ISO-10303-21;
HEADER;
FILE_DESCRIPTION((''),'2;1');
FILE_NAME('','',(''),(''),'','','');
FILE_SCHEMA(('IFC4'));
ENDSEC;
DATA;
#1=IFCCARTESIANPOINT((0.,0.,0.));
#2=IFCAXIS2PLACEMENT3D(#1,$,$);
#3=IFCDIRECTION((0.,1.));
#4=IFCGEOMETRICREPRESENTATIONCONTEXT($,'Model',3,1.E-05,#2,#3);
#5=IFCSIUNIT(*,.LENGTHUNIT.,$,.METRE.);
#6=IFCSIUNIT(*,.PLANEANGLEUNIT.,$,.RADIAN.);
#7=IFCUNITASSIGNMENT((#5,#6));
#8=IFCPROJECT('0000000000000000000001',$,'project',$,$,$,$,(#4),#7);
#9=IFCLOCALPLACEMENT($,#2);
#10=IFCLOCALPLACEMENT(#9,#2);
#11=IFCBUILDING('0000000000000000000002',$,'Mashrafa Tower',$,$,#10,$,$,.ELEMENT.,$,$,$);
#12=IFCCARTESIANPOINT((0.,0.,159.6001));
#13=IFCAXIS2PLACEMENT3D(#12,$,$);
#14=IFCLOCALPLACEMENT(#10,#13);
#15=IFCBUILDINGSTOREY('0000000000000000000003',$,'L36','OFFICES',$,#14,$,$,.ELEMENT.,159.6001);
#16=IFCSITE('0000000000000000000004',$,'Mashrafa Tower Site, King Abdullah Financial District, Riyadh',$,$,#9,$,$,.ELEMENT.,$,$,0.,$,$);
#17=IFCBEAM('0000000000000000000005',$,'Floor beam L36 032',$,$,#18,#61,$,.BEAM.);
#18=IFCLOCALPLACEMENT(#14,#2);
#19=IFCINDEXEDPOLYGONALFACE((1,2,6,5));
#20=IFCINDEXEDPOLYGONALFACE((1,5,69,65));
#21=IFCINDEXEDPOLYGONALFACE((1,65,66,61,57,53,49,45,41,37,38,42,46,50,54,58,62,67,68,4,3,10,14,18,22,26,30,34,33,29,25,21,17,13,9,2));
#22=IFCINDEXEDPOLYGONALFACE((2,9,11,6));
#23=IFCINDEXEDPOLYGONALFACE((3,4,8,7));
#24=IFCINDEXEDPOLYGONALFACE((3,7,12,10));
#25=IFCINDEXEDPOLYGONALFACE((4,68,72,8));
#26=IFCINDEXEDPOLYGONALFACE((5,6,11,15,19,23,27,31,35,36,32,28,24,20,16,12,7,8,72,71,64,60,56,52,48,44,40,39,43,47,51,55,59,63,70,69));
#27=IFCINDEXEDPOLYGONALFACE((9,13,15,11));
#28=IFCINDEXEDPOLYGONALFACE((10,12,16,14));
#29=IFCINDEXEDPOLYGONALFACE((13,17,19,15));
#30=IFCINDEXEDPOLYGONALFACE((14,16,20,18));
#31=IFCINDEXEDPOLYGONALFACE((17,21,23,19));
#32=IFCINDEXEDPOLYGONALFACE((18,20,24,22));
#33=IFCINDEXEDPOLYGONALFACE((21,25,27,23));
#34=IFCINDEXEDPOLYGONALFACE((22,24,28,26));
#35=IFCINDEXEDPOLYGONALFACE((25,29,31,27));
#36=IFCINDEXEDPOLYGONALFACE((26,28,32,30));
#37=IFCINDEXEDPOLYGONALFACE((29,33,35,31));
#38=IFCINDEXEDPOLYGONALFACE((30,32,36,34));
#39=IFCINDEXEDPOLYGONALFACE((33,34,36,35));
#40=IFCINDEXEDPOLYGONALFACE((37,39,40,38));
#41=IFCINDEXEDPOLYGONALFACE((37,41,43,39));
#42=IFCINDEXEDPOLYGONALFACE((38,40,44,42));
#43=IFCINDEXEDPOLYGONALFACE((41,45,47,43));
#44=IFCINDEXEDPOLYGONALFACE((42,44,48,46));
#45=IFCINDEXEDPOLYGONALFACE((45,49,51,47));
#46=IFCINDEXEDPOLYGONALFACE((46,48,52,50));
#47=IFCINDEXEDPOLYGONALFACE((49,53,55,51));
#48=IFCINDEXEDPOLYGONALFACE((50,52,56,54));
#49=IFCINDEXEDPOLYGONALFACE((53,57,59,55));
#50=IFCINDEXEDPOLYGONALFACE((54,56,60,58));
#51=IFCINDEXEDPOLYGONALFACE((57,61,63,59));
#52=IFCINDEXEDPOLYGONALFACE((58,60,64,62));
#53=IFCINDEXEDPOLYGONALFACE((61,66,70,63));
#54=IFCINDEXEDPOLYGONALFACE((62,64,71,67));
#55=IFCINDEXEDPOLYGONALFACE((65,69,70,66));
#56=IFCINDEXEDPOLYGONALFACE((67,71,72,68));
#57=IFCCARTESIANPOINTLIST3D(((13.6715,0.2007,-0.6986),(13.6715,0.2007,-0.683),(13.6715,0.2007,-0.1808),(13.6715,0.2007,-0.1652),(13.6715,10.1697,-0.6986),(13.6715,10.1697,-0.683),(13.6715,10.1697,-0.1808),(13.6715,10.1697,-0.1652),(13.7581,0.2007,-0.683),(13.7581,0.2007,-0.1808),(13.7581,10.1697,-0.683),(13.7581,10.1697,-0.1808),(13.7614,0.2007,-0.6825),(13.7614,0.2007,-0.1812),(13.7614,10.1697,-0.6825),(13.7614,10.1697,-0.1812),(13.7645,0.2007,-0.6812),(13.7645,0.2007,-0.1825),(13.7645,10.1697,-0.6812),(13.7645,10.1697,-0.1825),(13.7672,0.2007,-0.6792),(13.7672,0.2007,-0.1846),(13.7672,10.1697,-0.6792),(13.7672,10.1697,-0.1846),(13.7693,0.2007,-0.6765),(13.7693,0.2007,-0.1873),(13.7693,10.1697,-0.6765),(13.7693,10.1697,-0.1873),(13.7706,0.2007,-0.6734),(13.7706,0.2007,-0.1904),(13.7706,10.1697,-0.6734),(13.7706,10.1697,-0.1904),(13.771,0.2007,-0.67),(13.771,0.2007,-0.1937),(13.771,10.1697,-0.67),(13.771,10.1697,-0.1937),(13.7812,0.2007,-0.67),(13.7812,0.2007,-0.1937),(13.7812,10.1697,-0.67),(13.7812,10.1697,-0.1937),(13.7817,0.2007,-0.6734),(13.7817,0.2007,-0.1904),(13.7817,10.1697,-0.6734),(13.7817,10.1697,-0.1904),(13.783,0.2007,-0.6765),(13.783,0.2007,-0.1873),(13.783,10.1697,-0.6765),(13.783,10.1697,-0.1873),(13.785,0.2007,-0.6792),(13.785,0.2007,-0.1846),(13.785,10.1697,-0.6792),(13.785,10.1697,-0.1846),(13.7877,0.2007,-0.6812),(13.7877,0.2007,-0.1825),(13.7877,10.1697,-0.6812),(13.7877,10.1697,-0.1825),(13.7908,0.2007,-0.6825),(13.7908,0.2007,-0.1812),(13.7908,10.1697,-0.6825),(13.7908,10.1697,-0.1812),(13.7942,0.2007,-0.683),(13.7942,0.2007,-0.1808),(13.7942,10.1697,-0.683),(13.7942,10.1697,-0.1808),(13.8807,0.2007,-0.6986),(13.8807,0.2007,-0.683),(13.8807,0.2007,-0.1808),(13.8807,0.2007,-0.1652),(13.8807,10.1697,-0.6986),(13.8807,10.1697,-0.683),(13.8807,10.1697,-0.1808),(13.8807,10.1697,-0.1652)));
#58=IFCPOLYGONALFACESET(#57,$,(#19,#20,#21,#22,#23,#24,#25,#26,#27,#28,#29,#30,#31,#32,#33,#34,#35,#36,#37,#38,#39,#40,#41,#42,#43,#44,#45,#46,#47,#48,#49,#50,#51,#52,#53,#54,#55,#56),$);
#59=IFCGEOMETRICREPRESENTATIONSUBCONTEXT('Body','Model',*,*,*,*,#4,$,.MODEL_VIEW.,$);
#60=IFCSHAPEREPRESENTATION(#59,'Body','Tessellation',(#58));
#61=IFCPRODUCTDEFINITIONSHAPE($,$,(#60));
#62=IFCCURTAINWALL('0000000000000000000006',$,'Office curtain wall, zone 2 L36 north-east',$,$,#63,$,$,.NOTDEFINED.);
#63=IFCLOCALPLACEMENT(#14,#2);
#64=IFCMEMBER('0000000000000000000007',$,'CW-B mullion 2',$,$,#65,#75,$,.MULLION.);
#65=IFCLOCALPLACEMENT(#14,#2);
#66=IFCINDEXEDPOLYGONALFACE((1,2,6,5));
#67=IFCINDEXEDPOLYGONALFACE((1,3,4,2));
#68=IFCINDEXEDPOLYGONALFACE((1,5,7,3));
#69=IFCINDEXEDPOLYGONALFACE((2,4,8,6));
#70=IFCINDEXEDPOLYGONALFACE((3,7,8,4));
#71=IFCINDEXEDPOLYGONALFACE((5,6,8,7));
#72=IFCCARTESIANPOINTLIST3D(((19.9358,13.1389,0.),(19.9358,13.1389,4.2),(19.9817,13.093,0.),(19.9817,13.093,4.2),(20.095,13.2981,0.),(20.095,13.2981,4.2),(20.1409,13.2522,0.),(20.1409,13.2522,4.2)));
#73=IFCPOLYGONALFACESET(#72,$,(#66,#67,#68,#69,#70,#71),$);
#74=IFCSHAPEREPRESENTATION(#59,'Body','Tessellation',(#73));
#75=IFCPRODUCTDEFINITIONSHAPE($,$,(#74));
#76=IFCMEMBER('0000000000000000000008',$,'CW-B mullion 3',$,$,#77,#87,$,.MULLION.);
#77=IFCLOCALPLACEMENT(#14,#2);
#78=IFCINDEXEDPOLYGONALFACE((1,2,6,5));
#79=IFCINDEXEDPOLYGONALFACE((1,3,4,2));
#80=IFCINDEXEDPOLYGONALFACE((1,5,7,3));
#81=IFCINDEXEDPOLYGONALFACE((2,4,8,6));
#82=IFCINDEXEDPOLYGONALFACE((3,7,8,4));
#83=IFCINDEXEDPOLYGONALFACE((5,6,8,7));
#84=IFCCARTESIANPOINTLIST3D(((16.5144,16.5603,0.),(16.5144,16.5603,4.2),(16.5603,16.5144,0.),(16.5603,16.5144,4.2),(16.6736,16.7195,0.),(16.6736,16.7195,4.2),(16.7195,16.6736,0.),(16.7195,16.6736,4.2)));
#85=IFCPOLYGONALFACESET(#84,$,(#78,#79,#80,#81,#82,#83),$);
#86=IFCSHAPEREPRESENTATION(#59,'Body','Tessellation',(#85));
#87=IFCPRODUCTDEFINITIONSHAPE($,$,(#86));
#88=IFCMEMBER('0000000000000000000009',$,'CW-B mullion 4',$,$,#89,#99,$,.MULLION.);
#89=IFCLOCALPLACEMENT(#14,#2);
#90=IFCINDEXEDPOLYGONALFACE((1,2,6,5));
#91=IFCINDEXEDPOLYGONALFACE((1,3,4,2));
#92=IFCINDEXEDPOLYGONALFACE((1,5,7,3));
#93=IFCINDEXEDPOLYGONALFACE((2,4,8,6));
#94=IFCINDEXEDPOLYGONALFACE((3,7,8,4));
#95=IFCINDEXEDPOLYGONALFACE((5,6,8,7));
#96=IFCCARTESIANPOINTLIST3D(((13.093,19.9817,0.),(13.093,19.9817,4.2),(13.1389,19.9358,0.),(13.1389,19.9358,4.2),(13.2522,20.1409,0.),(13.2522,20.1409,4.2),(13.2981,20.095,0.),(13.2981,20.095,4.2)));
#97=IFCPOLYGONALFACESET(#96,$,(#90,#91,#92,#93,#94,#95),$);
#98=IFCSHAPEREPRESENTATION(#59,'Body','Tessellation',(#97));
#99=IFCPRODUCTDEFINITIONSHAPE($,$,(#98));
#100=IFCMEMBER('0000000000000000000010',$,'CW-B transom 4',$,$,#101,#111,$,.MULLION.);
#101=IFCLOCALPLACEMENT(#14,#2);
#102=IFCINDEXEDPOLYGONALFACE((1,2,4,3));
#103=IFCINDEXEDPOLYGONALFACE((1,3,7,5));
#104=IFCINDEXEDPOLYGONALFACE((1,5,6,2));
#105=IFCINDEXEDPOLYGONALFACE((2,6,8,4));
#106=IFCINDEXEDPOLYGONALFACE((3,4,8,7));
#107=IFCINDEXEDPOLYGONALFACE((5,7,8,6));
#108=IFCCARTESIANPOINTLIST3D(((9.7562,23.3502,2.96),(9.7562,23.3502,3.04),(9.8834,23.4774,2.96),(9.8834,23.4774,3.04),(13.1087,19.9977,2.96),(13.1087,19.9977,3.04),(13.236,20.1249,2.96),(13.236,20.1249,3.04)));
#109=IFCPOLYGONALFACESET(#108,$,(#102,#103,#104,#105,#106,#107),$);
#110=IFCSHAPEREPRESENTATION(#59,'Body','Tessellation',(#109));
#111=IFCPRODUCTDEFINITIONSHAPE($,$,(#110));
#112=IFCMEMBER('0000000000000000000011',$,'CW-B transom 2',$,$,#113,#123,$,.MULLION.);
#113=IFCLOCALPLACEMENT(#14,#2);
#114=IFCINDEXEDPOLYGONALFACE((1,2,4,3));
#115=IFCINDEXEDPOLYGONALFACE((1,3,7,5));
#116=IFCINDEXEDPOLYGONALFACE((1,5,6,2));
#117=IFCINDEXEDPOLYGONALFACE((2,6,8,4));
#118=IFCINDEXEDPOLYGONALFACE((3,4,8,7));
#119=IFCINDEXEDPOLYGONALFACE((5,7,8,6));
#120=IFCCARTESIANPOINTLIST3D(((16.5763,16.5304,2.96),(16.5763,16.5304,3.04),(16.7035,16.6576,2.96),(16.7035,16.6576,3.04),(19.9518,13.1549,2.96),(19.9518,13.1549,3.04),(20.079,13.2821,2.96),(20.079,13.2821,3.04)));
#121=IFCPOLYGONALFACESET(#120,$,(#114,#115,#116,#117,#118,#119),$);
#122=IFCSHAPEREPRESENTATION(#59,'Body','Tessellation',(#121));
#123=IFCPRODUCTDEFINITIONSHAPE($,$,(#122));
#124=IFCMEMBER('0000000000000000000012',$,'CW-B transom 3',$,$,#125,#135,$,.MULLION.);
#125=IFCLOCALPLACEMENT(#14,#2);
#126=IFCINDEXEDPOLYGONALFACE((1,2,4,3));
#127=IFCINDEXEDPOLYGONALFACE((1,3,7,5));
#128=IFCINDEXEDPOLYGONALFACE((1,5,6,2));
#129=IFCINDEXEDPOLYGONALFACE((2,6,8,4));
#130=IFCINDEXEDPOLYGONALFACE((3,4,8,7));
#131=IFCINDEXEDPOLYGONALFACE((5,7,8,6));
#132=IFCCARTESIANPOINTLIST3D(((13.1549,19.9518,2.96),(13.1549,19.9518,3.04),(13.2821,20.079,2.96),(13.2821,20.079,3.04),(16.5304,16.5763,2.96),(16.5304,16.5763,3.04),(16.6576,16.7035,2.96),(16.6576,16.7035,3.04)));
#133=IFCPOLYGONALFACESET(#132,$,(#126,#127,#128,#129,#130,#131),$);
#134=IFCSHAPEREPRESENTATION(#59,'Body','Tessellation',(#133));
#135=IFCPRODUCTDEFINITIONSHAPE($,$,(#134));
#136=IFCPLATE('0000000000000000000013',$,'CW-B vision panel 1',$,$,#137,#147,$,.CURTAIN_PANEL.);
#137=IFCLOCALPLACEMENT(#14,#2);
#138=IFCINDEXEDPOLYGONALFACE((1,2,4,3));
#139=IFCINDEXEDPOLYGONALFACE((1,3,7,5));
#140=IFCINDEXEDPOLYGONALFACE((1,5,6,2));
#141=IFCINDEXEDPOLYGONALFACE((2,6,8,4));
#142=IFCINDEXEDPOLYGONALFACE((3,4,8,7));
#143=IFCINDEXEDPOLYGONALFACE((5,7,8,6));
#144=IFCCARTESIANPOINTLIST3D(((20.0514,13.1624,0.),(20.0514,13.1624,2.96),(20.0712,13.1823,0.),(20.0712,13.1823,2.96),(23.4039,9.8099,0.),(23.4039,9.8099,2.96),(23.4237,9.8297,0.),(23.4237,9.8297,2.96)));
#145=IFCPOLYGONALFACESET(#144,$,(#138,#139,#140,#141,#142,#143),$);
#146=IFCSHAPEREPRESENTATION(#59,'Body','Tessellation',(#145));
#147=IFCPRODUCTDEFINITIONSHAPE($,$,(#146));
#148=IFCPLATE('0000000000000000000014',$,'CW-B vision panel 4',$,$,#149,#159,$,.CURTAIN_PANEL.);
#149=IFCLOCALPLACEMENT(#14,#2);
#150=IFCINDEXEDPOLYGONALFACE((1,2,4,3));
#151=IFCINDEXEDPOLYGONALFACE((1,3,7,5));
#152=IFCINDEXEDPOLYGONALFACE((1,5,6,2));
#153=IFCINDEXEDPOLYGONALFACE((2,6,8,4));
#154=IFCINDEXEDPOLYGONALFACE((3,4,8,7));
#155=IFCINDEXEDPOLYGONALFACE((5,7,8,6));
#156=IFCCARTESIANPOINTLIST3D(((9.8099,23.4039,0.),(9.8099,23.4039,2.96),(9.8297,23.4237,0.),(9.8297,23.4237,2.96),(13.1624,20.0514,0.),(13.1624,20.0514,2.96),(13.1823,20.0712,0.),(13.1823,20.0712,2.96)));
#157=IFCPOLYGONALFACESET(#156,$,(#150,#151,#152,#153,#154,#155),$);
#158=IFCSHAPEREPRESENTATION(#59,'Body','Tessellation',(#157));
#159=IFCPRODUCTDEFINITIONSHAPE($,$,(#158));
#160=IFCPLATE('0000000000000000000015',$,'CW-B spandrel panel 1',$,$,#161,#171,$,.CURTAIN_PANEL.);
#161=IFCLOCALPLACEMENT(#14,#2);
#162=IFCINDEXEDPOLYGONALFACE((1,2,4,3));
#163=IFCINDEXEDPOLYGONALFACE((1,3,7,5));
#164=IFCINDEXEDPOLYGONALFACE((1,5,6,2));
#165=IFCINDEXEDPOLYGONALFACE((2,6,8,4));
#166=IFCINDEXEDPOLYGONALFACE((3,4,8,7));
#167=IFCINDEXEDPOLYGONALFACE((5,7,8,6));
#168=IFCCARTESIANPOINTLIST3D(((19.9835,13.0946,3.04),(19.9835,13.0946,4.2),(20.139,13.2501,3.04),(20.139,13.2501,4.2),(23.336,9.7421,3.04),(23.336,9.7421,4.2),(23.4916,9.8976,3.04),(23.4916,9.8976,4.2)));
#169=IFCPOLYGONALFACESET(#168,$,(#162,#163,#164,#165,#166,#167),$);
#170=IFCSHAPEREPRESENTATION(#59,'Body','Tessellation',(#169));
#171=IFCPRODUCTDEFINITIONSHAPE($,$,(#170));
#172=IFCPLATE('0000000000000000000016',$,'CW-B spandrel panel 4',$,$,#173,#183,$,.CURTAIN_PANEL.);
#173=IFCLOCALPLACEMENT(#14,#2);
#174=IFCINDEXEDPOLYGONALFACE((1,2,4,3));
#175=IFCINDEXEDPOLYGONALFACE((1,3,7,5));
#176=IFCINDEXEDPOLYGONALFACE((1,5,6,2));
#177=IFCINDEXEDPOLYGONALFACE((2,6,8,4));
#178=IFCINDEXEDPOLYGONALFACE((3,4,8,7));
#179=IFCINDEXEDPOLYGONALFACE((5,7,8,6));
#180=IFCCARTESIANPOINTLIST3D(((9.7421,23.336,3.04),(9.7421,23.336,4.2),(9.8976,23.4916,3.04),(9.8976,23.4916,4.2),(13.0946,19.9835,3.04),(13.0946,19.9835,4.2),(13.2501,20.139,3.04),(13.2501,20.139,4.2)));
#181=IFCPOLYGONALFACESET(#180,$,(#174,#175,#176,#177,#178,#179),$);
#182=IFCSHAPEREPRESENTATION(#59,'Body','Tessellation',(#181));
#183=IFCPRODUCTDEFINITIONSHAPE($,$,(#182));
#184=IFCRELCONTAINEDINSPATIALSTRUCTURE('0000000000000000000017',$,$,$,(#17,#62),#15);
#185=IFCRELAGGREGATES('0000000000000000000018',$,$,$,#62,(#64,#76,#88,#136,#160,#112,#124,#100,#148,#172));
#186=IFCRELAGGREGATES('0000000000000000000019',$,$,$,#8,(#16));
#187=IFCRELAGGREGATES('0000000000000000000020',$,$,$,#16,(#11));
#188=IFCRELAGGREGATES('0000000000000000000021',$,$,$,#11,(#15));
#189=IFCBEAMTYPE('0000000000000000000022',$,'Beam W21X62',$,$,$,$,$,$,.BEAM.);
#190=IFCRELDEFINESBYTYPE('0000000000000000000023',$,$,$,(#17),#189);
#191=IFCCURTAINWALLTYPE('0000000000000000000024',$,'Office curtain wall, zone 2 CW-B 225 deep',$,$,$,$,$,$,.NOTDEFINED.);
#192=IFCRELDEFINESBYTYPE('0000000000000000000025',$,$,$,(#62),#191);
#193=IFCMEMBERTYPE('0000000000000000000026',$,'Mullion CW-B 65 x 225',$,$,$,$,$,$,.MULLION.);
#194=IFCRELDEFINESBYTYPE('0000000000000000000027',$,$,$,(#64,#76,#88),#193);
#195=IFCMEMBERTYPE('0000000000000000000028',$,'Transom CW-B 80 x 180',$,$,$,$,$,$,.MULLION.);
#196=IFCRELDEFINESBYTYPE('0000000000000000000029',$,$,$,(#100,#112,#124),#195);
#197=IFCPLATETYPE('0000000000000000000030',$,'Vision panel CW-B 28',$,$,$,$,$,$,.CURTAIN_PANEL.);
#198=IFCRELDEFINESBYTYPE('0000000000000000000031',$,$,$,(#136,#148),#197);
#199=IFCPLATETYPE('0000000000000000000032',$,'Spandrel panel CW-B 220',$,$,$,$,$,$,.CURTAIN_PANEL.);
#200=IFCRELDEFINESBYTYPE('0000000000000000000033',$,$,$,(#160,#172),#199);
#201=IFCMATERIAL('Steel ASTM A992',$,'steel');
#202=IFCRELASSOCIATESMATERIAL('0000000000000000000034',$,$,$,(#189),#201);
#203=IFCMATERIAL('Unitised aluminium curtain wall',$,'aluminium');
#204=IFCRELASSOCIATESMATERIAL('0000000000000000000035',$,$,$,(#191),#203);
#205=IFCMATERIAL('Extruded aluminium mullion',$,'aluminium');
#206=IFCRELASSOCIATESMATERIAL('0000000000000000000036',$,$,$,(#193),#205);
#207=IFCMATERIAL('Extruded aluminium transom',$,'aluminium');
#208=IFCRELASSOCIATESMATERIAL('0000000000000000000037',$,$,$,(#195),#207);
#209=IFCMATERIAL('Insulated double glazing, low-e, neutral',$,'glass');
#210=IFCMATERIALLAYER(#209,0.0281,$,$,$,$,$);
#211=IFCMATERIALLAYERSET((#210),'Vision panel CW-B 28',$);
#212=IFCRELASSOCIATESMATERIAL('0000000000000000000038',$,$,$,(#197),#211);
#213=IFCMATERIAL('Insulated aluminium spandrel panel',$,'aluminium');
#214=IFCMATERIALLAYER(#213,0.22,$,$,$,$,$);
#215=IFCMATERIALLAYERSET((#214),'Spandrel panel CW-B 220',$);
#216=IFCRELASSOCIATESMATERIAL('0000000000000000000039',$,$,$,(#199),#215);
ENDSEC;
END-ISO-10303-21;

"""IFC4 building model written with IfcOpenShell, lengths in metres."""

from ifc_helpers import new_model, si_unit, direction, frame, origin, origin_2d, place, context, subcontext, project, spatial, rectangle, i_section, extrude, source, transform, mapped, material, layer, layer_set, material_profile, profile_set, type_object, type_shapes, element, aggregate, save


model = new_model("IFC4")

# Units and contexts
model_context = context("Model", 3, precision=1e-05, world=origin(), true_north=direction((0.0, 1.0)))
body_context = subcontext(model_context, "Body", "Model", "MODEL_VIEW")
ifc_project = project(units=[si_unit("LENGTHUNIT", "METRE"), si_unit("PLANEANGLEUNIT", "RADIAN")], contexts=[model_context])

# Site, building, storey
site_placement = place(None, origin())
site = spatial("IfcSite", under=ifc_project, at=site_placement, Name="Mashrafa Tower Site, King Abdullah Financial District, Riyadh", CompositionType="ELEMENT", RefElevation=0.0)
building_placement = place(site_placement, origin())
building = spatial("IfcBuilding", under=site, at=building_placement, Name="Mashrafa Tower", CompositionType="ELEMENT")
storey_placement = place(building_placement, frame((0.0, 0.0, 159.6001)))
storey = spatial("IfcBuildingStorey", under=building, at=storey_placement, Name="L36", Description="OFFICES", CompositionType="ELEMENT", Elevation=159.6001)

# Beam
ifc_material_1 = material(Name="Steel ASTM A992", Category="steel")
ifc_material_profile_1 = material_profile(ifc_material_1, i_section(OverallWidth=0.2092, OverallDepth=0.5334, WebThickness=0.0103, FlangeThickness=0.0156, FilletRadius=0.0129, at=origin_2d()), Name="W21X62")
ifc_profile_set_1 = profile_set([ifc_material_profile_1], Name="Steel ASTM A992")
beam_type_1 = type_object("IfcBeamType", Name="Beam W21X62", PredefinedType="BEAM", material=ifc_profile_set_1)
beam_1_placement = place(storey_placement, frame((13.7761, 10.1697, -0.4319), z_axis=(0.0, -1.0, 0.0), x_axis=(1.0, 0.0, 0.0)))
element("IfcBeam", 1, at=beam_1_placement, inside=storey, type_object=beam_type_1, Name="Floor beam L36 032", PredefinedType="BEAM", context=body_context, shape_type="SweptSolid", body=[
    extrude(i_section(OverallWidth=0.2092, OverallDepth=0.5334, WebThickness=0.0103, FlangeThickness=0.0156, FilletRadius=0.0129, at=origin_2d()), origin(), (0.0, 0.0, 1.0), 9.969),
])

# Curtain wall, members, plates
ifc_material_2 = material(Name="Unitised aluminium curtain wall", Category="aluminium")
curtain_wall_type = type_object("IfcCurtainWallType", Name="Office curtain wall, zone 2 CW-B 225 deep", PredefinedType="NOTDEFINED", material=ifc_material_2)
curtain_wall_placement = place(storey_placement, origin())
curtain_wall = element("IfcCurtainWall", 2, at=curtain_wall_placement, inside=storey, type_object=curtain_wall_type, Name="Office curtain wall, zone 2 L36 north-east", PredefinedType="NOTDEFINED")
ifc_material_3 = material(Name="Extruded aluminium mullion", Category="aluminium")
ifc_material_profile_2 = material_profile(ifc_material_3, rectangle(XDim=0.2251, YDim=0.0649, at=origin_2d()), Name="Mullion 65x225")
ifc_profile_set_2 = profile_set([ifc_material_profile_2], Name="Extruded aluminium mullion")
member_type_1 = type_object("IfcMemberType", Name="Mullion CW-B 65 x 225", PredefinedType="MULLION", material=ifc_profile_set_2)
shared_shape_1 = source(origin(), body_context, "Body", "SweptSolid", [
    extrude(rectangle(XDim=0.2251, YDim=0.0649, at=origin_2d()), origin(), (0.0, 0.0, 1.0), 4.2),
])
type_shapes(member_type_1, [shared_shape_1])
member_1_placement = place(storey_placement, frame((20.0383, 13.1956, 0.0), z_axis=(0.0, 0.0, 1.0), x_axis=(-0.707107, -0.707107, 0.0)))
member_1 = element("IfcMember", 3, at=member_1_placement, type_object=member_type_1, Name="CW-B mullion 2", PredefinedType="MULLION", context=body_context, shape_type="MappedRepresentation", body=[
    mapped(shared_shape_1, transform((0.0, 0.0, 0.0))),
])
member_2_placement = place(storey_placement, frame((16.6169, 16.6169, 0.0), z_axis=(0.0, 0.0, 1.0), x_axis=(-0.707107, -0.707107, 0.0)))
member_2 = element("IfcMember", 4, at=member_2_placement, type_object=member_type_1, Name="CW-B mullion 3", PredefinedType="MULLION", context=body_context, shape_type="MappedRepresentation", body=[
    mapped(shared_shape_1, transform((0.0, 0.0, 0.0))),
])
member_3_placement = place(storey_placement, frame((13.1956, 20.0383, 0.0), z_axis=(0.0, 0.0, 1.0), x_axis=(-0.707107, -0.707107, 0.0)))
member_3 = element("IfcMember", 5, at=member_3_placement, type_object=member_type_1, Name="CW-B mullion 4", PredefinedType="MULLION", context=body_context, shape_type="MappedRepresentation", body=[
    mapped(shared_shape_1, transform((0.0, 0.0, 0.0))),
])
ifc_material_4 = material(Name="Extruded aluminium transom", Category="aluminium")
ifc_material_profile_3 = material_profile(ifc_material_4, rectangle(XDim=0.1799, YDim=0.0801, at=origin_2d()), Name="Transom 80x180")
ifc_profile_set_3 = profile_set([ifc_material_profile_3], Name="Extruded aluminium transom")
member_type_2 = type_object("IfcMemberType", Name="Transom CW-B 80 x 180", PredefinedType="MULLION", material=ifc_profile_set_3)
shared_shape_2 = source(origin(), body_context, "Body", "SweptSolid", [
    extrude(rectangle(XDim=0.1799, YDim=0.0801, at=origin_2d()), origin(), (0.0, 0.0, 1.0), 4.7412),
])
member_4_placement = place(storey_placement, frame((13.1724, 20.0613, 3.0), z_axis=(-0.707107, 0.707107, 0.0), x_axis=(-0.707107, -0.707107, 0.0)))
member_4 = element("IfcMember", 6, at=member_4_placement, type_object=member_type_2, Name="CW-B transom 4", PredefinedType="MULLION", context=body_context, shape_type="MappedRepresentation", body=[
    mapped(shared_shape_2, transform((0.0, 0.0, 0.0))),
])
shared_shape_3 = source(origin(), body_context, "Body", "SweptSolid", [
    extrude(rectangle(XDim=0.1799, YDim=0.0801, at=origin_2d()), origin(), (0.0, 0.0, 1.0), 4.7737),
])
type_shapes(member_type_2, [shared_shape_2, shared_shape_3])
member_5_placement = place(storey_placement, frame((20.0154, 13.2185, 3.0), z_axis=(-0.707107, 0.707107, 0.0), x_axis=(-0.707107, -0.707107, 0.0)))
member_5 = element("IfcMember", 7, at=member_5_placement, type_object=member_type_2, Name="CW-B transom 2", PredefinedType="MULLION", context=body_context, shape_type="MappedRepresentation", body=[
    mapped(shared_shape_3, transform((0.0, 0.0, 0.0))),
])
member_6_placement = place(storey_placement, frame((16.594, 16.6399, 3.0), z_axis=(-0.707107, 0.707107, 0.0), x_axis=(-0.707107, -0.707107, 0.0)))
member_6 = element("IfcMember", 8, at=member_6_placement, type_object=member_type_2, Name="CW-B transom 3", PredefinedType="MULLION", context=body_context, shape_type="MappedRepresentation", body=[
    mapped(shared_shape_3, transform((0.0, 0.0, 0.0))),
])
ifc_material_5 = material(Name="Insulated double glazing, low-e, neutral", Category="glass")
ifc_layer_1 = layer(ifc_material_5, 0.0281)
ifc_layer_set_1 = layer_set([ifc_layer_1], Name="Vision panel CW-B 28")
plate_type_1 = type_object("IfcPlateType", Name="Vision panel CW-B 28", PredefinedType="CURTAIN_PANEL", material=ifc_layer_set_1)
shared_shape_4 = source(origin(), body_context, "Body", "SweptSolid", [
    extrude(rectangle(XDim=4.7412, YDim=0.0281, at=origin_2d()), origin(), (0.0, 0.0, 1.0), 2.96),
])
plate_1_placement = place(storey_placement, frame((21.7375, 11.4961, 0.0), z_axis=(0.0, 0.0, 1.0), x_axis=(-0.707107, 0.707107, 0.0)))
plate_1 = element("IfcPlate", 9, at=plate_1_placement, type_object=plate_type_1, Name="CW-B vision panel 1", PredefinedType="CURTAIN_PANEL", context=body_context, shape_type="MappedRepresentation", body=[
    mapped(shared_shape_4, transform((0.0, 0.0, 0.0))),
])
plate_2_placement = place(storey_placement, frame((11.4961, 21.7375, 0.0), z_axis=(0.0, 0.0, 1.0), x_axis=(-0.707107, 0.707107, 0.0)))
plate_2 = element("IfcPlate", 10, at=plate_2_placement, type_object=plate_type_1, Name="CW-B vision panel 4", PredefinedType="CURTAIN_PANEL", context=body_context, shape_type="MappedRepresentation", body=[
    mapped(shared_shape_4, transform((0.0, 0.0, 0.0))),
])
ifc_material_6 = material(Name="Insulated aluminium spandrel panel", Category="aluminium")
ifc_layer_2 = layer(ifc_material_6, 0.22)
ifc_layer_set_2 = layer_set([ifc_layer_2], Name="Spandrel panel CW-B 220")
plate_type_2 = type_object("IfcPlateType", Name="Spandrel panel CW-B 220", PredefinedType="CURTAIN_PANEL", material=ifc_layer_set_2)
shared_shape_5 = source(origin(), body_context, "Body", "SweptSolid", [
    extrude(rectangle(XDim=4.7412, YDim=0.22, at=origin_2d()), origin(), (0.0, 0.0, 1.0), 1.1599),
])
plate_3_placement = place(storey_placement, frame((21.7375, 11.4961, 3.04), z_axis=(0.0, 0.0, 1.0), x_axis=(-0.707107, 0.707107, 0.0)))
plate_3 = element("IfcPlate", 11, at=plate_3_placement, type_object=plate_type_2, Name="CW-B spandrel panel 1", PredefinedType="CURTAIN_PANEL", context=body_context, shape_type="MappedRepresentation", body=[
    mapped(shared_shape_5, transform((0.0, 0.0, 0.0))),
])
plate_4_placement = place(storey_placement, frame((11.4961, 21.7375, 3.04), z_axis=(0.0, 0.0, 1.0), x_axis=(-0.707107, 0.707107, 0.0)))
plate_4 = element("IfcPlate", 12, at=plate_4_placement, type_object=plate_type_2, Name="CW-B spandrel panel 4", PredefinedType="CURTAIN_PANEL", context=body_context, shape_type="MappedRepresentation", body=[
    mapped(shared_shape_5, transform((0.0, 0.0, 0.0))),
])
aggregate(curtain_wall, [member_1, member_2, member_3, plate_1, plate_3, member_5, member_6, member_4, plate_2, plate_4])

save(model, "model.ifc")
